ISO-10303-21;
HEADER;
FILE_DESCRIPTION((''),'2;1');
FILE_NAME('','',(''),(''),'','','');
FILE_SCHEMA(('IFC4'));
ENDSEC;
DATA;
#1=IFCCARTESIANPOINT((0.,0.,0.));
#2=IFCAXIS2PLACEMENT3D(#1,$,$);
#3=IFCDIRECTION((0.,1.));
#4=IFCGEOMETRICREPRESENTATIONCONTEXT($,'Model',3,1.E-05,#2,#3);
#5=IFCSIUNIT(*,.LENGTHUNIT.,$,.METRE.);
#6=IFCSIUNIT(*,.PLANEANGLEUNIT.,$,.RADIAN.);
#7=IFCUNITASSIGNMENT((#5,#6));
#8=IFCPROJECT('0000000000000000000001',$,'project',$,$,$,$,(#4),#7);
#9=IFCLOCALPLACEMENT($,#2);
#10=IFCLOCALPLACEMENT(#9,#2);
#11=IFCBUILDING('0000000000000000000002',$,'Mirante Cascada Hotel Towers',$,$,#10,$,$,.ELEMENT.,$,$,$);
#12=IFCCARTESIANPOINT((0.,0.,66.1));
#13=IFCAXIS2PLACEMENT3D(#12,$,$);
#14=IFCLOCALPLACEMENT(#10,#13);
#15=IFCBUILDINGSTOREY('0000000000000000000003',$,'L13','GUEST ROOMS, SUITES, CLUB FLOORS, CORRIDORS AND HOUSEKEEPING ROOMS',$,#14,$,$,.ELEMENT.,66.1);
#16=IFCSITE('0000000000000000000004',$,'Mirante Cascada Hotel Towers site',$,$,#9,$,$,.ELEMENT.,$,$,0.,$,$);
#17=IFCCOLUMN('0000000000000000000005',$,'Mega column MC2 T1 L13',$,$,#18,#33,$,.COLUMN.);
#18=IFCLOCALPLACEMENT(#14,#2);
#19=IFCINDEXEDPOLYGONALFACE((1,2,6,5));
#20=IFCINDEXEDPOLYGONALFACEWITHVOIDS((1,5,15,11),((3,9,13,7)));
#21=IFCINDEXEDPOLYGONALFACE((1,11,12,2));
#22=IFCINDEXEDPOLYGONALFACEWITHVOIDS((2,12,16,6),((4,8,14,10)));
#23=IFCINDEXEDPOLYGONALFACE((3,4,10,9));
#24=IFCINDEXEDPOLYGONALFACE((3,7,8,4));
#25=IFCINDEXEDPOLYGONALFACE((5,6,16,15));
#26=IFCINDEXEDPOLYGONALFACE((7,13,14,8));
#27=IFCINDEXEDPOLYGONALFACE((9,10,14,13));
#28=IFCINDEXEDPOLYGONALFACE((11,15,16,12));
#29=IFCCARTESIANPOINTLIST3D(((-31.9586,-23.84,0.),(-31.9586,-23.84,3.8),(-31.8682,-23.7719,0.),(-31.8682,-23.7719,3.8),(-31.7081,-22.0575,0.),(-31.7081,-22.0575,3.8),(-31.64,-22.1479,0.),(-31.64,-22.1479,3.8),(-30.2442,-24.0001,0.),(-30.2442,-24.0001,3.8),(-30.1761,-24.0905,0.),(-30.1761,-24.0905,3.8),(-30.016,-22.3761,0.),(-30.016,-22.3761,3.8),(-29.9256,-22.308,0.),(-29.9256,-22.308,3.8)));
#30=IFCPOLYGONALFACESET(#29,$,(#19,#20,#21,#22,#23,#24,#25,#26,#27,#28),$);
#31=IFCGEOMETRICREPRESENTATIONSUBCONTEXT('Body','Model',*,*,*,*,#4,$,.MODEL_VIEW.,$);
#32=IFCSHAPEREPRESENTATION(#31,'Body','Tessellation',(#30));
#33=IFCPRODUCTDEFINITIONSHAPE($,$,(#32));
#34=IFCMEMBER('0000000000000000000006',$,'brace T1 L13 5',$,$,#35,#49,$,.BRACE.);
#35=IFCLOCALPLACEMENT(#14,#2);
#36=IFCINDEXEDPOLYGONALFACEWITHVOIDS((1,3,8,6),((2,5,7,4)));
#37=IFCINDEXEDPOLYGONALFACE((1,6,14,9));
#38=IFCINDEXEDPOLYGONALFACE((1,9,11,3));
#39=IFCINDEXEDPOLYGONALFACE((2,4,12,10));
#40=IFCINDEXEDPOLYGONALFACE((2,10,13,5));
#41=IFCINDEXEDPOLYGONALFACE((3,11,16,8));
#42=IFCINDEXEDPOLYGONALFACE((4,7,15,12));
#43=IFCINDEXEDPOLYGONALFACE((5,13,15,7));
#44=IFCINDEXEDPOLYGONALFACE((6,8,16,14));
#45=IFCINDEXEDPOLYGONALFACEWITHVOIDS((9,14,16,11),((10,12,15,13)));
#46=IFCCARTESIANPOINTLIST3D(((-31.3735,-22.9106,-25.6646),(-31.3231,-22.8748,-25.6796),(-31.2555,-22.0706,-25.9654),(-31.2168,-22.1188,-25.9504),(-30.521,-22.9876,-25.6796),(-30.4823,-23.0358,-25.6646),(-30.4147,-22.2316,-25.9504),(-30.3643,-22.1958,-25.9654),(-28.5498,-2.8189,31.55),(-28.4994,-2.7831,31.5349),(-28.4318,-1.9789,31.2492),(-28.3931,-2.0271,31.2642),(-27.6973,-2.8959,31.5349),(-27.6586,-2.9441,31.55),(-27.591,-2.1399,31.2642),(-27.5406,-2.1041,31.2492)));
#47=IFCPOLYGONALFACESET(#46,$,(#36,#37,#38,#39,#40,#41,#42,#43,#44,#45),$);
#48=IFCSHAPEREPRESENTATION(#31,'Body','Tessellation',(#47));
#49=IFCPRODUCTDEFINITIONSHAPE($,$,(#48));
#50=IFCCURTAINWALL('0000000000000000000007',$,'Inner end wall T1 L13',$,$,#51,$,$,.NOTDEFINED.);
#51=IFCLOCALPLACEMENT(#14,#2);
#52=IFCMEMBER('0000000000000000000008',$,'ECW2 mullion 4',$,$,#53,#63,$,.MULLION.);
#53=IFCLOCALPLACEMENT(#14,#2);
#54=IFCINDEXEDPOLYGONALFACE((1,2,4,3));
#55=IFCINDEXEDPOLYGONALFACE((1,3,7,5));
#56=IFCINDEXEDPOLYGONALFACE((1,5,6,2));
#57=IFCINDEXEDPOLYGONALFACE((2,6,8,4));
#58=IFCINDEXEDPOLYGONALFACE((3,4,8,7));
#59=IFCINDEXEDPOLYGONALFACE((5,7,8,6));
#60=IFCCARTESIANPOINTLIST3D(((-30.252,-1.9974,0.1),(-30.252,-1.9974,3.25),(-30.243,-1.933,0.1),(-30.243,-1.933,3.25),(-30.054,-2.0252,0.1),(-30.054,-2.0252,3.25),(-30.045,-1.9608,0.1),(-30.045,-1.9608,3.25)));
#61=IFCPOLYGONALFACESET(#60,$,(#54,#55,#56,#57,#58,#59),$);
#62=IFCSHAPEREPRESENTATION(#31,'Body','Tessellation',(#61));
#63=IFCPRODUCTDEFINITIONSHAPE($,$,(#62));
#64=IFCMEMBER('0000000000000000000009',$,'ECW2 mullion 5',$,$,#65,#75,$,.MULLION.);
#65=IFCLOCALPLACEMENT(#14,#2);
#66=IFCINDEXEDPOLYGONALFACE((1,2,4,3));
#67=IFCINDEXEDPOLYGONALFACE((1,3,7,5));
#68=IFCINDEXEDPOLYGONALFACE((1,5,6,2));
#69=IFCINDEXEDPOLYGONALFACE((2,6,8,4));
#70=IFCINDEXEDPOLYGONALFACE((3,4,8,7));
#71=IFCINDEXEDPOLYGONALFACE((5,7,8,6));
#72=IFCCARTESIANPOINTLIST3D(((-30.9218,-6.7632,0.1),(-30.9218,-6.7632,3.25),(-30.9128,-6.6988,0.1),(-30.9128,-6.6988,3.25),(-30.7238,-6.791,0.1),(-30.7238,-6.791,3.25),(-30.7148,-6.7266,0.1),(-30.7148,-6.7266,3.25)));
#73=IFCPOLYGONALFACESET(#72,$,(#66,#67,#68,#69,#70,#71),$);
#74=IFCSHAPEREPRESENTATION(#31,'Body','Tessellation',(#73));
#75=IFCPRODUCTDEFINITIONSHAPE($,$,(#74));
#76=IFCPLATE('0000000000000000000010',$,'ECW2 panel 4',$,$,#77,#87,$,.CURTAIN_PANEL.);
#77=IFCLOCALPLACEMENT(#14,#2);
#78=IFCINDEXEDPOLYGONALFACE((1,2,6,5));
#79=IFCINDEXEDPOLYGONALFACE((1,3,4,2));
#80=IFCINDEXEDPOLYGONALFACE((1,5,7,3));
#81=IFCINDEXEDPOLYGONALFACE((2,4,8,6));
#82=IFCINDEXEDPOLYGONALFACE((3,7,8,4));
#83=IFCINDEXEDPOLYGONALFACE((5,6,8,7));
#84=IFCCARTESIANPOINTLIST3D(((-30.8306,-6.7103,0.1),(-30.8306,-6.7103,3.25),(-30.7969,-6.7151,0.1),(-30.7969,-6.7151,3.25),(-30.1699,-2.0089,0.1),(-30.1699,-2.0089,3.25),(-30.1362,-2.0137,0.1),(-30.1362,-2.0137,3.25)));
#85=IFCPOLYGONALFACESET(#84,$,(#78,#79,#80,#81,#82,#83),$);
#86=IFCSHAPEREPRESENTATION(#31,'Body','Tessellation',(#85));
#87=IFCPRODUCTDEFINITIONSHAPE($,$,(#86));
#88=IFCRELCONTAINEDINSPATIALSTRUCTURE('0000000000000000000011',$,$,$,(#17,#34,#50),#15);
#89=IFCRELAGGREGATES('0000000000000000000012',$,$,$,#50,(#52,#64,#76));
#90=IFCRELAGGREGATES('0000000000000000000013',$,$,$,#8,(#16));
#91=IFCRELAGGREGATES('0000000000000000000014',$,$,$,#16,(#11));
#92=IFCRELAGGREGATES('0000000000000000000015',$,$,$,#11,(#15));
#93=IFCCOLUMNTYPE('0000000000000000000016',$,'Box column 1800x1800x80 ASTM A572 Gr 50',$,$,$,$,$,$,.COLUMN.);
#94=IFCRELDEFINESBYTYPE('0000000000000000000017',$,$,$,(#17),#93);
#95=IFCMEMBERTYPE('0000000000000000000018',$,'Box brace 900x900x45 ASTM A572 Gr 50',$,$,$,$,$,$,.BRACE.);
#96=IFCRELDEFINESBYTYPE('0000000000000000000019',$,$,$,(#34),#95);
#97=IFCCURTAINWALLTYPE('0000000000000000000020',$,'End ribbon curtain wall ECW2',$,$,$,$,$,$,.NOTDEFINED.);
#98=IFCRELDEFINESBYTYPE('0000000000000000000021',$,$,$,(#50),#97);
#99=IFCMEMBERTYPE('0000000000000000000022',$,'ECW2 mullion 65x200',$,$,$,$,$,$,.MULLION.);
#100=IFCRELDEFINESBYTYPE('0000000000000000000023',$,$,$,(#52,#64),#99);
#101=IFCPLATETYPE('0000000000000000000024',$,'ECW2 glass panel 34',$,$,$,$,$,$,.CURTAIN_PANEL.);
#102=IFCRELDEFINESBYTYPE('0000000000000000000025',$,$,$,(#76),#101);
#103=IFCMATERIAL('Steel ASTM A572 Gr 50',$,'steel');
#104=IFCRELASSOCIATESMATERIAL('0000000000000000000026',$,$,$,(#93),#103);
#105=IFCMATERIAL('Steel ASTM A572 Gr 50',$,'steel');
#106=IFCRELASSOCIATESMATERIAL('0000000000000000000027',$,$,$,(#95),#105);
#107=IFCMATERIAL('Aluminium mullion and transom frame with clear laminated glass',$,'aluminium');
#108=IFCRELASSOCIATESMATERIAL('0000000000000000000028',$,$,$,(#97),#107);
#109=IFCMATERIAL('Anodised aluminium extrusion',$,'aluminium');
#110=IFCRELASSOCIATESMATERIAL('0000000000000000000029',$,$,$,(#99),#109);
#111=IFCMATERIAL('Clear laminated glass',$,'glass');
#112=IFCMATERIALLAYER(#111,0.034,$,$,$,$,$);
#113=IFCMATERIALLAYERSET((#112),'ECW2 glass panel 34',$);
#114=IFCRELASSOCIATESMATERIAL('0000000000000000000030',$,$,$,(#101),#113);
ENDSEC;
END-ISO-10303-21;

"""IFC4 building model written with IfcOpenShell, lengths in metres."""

from ifc_helpers import new_model, si_unit, direction, frame, origin, origin_2d, place, context, subcontext, project, spatial, rectangle, hollow_rectangle, extrude, material, layer, layer_set, material_profile, profile_set, type_object, element, aggregate, save


model = new_model("IFC4")

# Units and contexts
model_context = context("Model", 3, precision=1e-05, world=origin(), true_north=direction((0.0, 1.0)))
body_context = subcontext(model_context, "Body", "Model", "MODEL_VIEW")
ifc_project = project(units=[si_unit("LENGTHUNIT", "METRE"), si_unit("PLANEANGLEUNIT", "RADIAN")], contexts=[model_context])

# Site, building, storey
site_placement = place(None, origin())
site = spatial("IfcSite", under=ifc_project, at=site_placement, Name="Mirante Cascada Hotel Towers site", CompositionType="ELEMENT", RefElevation=0.0)
building_placement = place(site_placement, origin())
building = spatial("IfcBuilding", under=site, at=building_placement, Name="Mirante Cascada Hotel Towers", CompositionType="ELEMENT")
storey_placement = place(building_placement, frame((0.0, 0.0, 66.1)))
storey = spatial("IfcBuildingStorey", under=building, at=storey_placement, Name="L13", Description="GUEST ROOMS, SUITES, CLUB FLOORS, CORRIDORS AND HOUSEKEEPING ROOMS", CompositionType="ELEMENT", Elevation=66.1)

# Column
ifc_material_1 = material(Name="Steel ASTM A572 Gr 50", Category="steel")
ifc_material_profile_1 = material_profile(ifc_material_1, hollow_rectangle(XDim=1.8, YDim=1.8, WallThickness=0.08, at=origin_2d()), Name="Box column 1800x1800x80 ASTM A572 Gr 50")
ifc_profile_set_1 = profile_set([ifc_material_profile_1], Name="Steel ASTM A572 Gr 50")
column_type = type_object("IfcColumnType", Name="Box column 1800x1800x80 ASTM A572 Gr 50", PredefinedType="COLUMN", material=ifc_profile_set_1)
column_placement = place(storey_placement, frame((-30.9421, -23.074, 0.0), z_axis=(0.0, 0.0, 1.0), x_axis=(-0.990268, 0.139173, 0.0)))
element("IfcColumn", 1, at=column_placement, inside=storey, type_object=column_type, Name="Mega column MC2 T1 L13", PredefinedType="COLUMN", context=body_context, shape_type="SweptSolid", body=[
    extrude(hollow_rectangle(XDim=1.8, YDim=1.8, WallThickness=0.08, at=origin_2d()), origin(), (0.0, 0.0, 1.0), 3.8),
])

# Member
ifc_material_2 = material(Name="Steel ASTM A572 Gr 50", Category="steel")
ifc_material_profile_2 = material_profile(ifc_material_2, hollow_rectangle(XDim=0.9, YDim=0.9, WallThickness=0.045, at=origin_2d()), Name="Box brace 900x900x45 ASTM A572 Gr 50")
ifc_profile_set_2 = profile_set([ifc_material_profile_2], Name="Steel ASTM A572 Gr 50")
member_type_1 = type_object("IfcMemberType", Name="Box brace 900x900x45 ASTM A572 Gr 50", PredefinedType="BRACE", material=ifc_profile_set_2)
member_1_placement = place(storey_placement, frame((-30.8689, -22.5532, -25.815), z_axis=(0.046515, 0.33097, 0.942494), x_axis=(-0.990268, 0.139173, 0.0)))
element("IfcMember", 2, at=member_1_placement, inside=storey, type_object=member_type_1, Name="brace T1 L13 5", PredefinedType="BRACE", context=body_context, shape_type="SweptSolid", body=[
    extrude(hollow_rectangle(XDim=0.9, YDim=0.9, WallThickness=0.045, at=origin_2d()), origin(), (0.0, 0.0, 1.0), 60.7055),
])

# Curtain wall, members, plate
ifc_material_3 = material(Name="Aluminium mullion and transom frame with clear laminated glass", Category="aluminium")
curtain_wall_type = type_object("IfcCurtainWallType", Name="End ribbon curtain wall ECW2", PredefinedType="NOTDEFINED", material=ifc_material_3)
curtain_wall_placement = place(storey_placement, origin())
curtain_wall = element("IfcCurtainWall", 3, at=curtain_wall_placement, inside=storey, type_object=curtain_wall_type, Name="Inner end wall T1 L13", PredefinedType="NOTDEFINED")
ifc_material_4 = material(Name="Anodised aluminium extrusion", Category="aluminium")
ifc_material_profile_3 = material_profile(ifc_material_4, rectangle(XDim=0.2, YDim=0.065, at=origin_2d()), Name="ECW2 MULLION 65x200")
ifc_profile_set_3 = profile_set([ifc_material_profile_3], Name="Anodised aluminium extrusion")
member_type_2 = type_object("IfcMemberType", Name="ECW2 mullion 65x200", PredefinedType="MULLION", material=ifc_profile_set_3)
member_2_placement = place(storey_placement, frame((-30.1485, -1.9791, 0.1), z_axis=(0.0, 0.0, 1.0), x_axis=(0.990268, -0.139173, 0.0)))
member_2 = element("IfcMember", 4, at=member_2_placement, type_object=member_type_2, Name="ECW2 mullion 4", PredefinedType="MULLION", context=body_context, shape_type="SweptSolid", body=[
    extrude(rectangle(XDim=0.2, YDim=0.065, at=origin_2d()), origin(), (0.0, 0.0, 1.0), 3.15),
])
member_3_placement = place(storey_placement, frame((-30.8183, -6.7449, 0.1), z_axis=(0.0, 0.0, 1.0), x_axis=(0.990268, -0.139173, 0.0)))
member_3 = element("IfcMember", 5, at=member_3_placement, type_object=member_type_2, Name="ECW2 mullion 5", PredefinedType="MULLION", context=body_context, shape_type="SweptSolid", body=[
    extrude(rectangle(XDim=0.2, YDim=0.065, at=origin_2d()), origin(), (0.0, 0.0, 1.0), 3.15),
])
ifc_material_5 = material(Name="Clear laminated glass", Category="glass")
ifc_layer_1 = layer(ifc_material_5, 0.034)
ifc_layer_set_1 = layer_set([ifc_layer_1], Name="ECW2 glass panel 34")
plate_type = type_object("IfcPlateType", Name="ECW2 glass panel 34", PredefinedType="CURTAIN_PANEL", material=ifc_layer_set_1)
plate_placement = place(storey_placement, frame((-30.4834, -4.362, 0.1), z_axis=(0.0, 0.0, 1.0), x_axis=(-0.139173, -0.990268, 0.0)))
plate = element("IfcPlate", 6, at=plate_placement, type_object=plate_type, Name="ECW2 panel 4", PredefinedType="CURTAIN_PANEL", context=body_context, shape_type="SweptSolid", body=[
    extrude(rectangle(XDim=4.7476, YDim=0.034, at=origin_2d()), origin(), (0.0, 0.0, 1.0), 3.15),
])
aggregate(curtain_wall, [member_2, member_3, plate])

save(model, "model.ifc")
